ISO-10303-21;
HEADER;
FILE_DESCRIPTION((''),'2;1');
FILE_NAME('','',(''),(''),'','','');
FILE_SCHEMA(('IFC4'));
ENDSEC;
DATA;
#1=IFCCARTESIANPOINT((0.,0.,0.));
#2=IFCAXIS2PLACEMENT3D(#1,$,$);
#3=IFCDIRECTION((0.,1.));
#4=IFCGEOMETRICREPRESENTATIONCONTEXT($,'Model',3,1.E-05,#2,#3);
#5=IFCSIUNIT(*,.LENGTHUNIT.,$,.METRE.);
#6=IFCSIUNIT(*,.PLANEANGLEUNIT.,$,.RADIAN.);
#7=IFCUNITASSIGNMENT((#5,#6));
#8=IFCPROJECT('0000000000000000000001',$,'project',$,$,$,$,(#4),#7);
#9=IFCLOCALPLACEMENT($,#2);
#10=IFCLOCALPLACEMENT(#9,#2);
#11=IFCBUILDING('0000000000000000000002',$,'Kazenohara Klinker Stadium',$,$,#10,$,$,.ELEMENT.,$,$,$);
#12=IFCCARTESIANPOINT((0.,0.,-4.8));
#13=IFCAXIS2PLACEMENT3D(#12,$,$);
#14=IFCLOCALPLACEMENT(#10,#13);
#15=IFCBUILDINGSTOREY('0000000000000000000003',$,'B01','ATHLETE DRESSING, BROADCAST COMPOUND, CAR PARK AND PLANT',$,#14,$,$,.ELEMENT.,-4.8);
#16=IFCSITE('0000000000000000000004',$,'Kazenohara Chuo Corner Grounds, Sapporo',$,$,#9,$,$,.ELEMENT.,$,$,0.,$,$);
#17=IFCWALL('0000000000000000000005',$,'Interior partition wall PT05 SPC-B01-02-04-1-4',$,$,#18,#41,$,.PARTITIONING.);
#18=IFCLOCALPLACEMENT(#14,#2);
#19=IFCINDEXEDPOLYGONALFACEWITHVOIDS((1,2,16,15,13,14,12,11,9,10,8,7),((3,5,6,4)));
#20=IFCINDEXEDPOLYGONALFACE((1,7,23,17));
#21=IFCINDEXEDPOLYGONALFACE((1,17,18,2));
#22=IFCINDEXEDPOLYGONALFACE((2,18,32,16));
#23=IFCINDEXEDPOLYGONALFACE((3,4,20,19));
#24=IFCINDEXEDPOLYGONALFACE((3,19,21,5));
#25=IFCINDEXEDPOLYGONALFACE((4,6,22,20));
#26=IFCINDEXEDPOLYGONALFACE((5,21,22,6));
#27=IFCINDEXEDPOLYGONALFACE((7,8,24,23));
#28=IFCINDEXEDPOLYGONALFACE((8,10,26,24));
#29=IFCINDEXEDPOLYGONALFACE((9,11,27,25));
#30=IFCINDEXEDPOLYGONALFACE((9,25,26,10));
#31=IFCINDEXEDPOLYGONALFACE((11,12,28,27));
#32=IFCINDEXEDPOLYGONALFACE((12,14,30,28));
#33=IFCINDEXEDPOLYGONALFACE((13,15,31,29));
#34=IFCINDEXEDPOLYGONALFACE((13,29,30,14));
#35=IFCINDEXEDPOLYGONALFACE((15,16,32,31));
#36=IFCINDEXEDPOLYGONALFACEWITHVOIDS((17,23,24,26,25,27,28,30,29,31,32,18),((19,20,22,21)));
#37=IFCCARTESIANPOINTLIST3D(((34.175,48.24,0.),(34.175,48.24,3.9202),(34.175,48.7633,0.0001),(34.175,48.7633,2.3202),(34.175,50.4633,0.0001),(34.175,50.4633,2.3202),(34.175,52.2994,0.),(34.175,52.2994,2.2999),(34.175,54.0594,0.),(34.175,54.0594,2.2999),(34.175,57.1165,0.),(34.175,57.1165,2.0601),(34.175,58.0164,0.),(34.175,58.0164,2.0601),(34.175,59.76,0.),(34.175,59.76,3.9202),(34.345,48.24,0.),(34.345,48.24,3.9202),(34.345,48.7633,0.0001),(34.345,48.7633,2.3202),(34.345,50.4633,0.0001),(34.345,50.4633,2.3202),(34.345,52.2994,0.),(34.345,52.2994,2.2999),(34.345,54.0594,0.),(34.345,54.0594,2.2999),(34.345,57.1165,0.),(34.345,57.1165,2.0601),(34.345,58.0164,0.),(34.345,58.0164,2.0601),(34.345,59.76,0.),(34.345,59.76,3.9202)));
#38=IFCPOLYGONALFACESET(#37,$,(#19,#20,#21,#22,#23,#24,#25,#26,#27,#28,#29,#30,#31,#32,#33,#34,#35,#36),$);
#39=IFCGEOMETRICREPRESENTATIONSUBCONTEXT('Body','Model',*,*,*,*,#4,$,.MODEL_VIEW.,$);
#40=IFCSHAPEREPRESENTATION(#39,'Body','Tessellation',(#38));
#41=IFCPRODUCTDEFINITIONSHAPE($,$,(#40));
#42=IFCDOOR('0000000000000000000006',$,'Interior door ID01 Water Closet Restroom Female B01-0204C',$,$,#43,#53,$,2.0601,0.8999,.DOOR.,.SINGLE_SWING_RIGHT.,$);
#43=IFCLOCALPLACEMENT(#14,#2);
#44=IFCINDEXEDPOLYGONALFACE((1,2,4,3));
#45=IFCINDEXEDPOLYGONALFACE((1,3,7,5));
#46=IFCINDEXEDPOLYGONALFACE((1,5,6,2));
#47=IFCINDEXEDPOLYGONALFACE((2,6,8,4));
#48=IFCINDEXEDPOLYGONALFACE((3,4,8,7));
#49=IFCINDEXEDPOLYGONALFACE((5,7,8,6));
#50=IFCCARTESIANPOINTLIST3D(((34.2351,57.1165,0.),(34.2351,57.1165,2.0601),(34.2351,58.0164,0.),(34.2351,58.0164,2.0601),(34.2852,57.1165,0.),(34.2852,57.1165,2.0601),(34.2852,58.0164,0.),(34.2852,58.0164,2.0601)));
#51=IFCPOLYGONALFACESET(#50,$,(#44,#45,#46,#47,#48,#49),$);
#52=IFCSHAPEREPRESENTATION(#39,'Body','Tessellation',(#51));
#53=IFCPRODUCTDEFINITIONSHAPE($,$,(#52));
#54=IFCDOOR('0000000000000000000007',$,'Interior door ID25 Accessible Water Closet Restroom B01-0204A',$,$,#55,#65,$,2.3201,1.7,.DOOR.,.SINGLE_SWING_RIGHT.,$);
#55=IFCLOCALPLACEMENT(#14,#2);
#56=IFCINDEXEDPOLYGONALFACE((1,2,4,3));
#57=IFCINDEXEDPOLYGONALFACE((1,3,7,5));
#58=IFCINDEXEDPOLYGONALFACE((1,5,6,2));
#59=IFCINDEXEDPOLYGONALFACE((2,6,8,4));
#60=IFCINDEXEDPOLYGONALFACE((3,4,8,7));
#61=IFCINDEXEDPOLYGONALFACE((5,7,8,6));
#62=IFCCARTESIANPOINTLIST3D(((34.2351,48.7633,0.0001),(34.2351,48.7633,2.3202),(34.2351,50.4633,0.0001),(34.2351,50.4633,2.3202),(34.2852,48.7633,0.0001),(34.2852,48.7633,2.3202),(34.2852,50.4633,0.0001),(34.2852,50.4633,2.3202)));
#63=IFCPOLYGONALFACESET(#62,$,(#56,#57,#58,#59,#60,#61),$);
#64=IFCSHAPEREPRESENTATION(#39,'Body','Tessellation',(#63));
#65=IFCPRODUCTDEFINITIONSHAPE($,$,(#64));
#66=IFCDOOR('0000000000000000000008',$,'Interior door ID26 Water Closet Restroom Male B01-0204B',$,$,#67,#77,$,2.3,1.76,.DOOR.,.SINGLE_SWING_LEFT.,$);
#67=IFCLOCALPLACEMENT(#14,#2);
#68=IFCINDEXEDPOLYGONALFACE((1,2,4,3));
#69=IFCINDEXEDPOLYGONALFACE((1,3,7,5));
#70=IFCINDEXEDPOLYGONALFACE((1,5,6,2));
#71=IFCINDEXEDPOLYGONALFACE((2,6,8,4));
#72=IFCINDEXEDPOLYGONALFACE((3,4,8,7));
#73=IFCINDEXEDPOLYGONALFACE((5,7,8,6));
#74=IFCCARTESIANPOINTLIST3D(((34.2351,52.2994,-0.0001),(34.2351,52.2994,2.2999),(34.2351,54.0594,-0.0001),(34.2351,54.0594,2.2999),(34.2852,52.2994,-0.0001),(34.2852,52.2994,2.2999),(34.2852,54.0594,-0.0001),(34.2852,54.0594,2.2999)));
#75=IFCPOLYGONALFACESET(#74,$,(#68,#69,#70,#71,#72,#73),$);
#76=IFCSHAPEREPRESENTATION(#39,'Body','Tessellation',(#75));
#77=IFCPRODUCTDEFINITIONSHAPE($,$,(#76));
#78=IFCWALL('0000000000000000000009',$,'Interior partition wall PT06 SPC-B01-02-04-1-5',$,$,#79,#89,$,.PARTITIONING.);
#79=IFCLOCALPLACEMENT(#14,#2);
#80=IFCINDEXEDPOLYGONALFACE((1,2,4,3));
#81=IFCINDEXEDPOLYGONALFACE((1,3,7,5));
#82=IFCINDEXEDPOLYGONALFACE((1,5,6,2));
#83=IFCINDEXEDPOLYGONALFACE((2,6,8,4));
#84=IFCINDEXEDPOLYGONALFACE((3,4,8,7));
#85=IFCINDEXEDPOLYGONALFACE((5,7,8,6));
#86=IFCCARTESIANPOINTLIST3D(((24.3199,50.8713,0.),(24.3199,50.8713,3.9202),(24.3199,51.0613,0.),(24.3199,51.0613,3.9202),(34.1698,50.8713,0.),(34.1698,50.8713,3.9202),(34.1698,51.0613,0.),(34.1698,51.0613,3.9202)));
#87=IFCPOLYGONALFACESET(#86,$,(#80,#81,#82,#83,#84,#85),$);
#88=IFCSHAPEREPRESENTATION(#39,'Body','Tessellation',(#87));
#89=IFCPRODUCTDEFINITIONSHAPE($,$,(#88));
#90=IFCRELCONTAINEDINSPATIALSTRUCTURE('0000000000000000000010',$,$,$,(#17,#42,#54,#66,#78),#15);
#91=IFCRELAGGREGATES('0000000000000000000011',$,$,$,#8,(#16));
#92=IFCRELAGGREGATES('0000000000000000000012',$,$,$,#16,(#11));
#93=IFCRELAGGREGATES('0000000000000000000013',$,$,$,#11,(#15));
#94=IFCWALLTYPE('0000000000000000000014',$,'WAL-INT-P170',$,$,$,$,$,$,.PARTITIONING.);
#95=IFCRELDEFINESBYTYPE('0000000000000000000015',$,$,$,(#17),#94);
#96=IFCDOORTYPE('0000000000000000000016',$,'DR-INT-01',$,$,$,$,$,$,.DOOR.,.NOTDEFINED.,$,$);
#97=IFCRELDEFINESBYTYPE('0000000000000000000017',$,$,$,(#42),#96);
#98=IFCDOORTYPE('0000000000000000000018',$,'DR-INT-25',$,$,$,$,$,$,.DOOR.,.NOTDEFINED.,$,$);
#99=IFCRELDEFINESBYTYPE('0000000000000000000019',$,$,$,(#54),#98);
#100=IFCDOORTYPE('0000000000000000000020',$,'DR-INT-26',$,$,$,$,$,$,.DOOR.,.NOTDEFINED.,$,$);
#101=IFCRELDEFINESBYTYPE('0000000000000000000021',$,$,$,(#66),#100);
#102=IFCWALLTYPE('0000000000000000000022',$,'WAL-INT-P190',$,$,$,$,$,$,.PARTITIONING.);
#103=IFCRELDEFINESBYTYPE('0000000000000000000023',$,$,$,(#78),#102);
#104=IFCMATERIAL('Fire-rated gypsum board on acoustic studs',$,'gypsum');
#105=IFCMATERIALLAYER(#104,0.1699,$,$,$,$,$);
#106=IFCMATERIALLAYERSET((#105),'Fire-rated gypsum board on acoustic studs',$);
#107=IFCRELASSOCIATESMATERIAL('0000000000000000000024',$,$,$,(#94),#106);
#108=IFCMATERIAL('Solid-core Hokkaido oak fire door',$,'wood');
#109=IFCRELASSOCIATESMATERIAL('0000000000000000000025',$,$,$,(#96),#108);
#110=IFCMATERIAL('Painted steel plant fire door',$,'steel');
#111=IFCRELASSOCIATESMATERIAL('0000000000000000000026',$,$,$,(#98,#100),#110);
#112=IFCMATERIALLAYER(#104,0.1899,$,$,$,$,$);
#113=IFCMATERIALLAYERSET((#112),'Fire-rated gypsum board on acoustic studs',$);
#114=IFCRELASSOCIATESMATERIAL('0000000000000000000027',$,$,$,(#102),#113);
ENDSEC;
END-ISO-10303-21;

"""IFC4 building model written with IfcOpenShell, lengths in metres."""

from ifc_helpers import new_model, si_unit, direction, frame, frame_2d, origin, place, context, subcontext, project, spatial, rectangle, extrude, material, layer, layer_set, type_object, element, fill, save


model = new_model("IFC4")

# Units and contexts
model_context = context("Model", 3, precision=1e-05, world=origin(), true_north=direction((0.0, 1.0)))
body_context = subcontext(model_context, "Body", "Model", "MODEL_VIEW")
ifc_project = project(units=[si_unit("LENGTHUNIT", "METRE"), si_unit("PLANEANGLEUNIT", "RADIAN")], contexts=[model_context])

# Site, building, storey
site_placement = place(None, origin())
site = spatial("IfcSite", under=ifc_project, at=site_placement, Name="Kazenohara Chuo Corner Grounds, Sapporo", CompositionType="ELEMENT", RefElevation=0.0)
building_placement = place(site_placement, origin())
building = spatial("IfcBuilding", under=site, at=building_placement, Name="Kazenohara Klinker Stadium", CompositionType="ELEMENT")
storey_placement = place(building_placement, frame((0.0, 0.0, -4.8)))
storey = spatial("IfcBuildingStorey", under=building, at=storey_placement, Name="B01", Description="ATHLETE DRESSING, BROADCAST COMPOUND, CAR PARK AND PLANT", CompositionType="ELEMENT", Elevation=-4.8)

# Shared definitions
ifc_material_1 = material(Name="Fire-rated gypsum board on acoustic studs", Category="gypsum")

# Wall, openings, doors
ifc_layer_1 = layer(ifc_material_1, 0.1699)
ifc_layer_set_1 = layer_set([ifc_layer_1], Name="Fire-rated gypsum board on acoustic studs")
wall_type_1 = type_object("IfcWallType", Name="WAL-INT-P170", PredefinedType="PARTITIONING", material=ifc_layer_set_1)
wall_1_placement = place(storey_placement, frame((34.26, 48.24, 0.0), z_axis=(0.0, 0.0, 1.0), x_axis=(0.0, 1.0, 0.0)))
wall_1 = element("IfcWall", 1, at=wall_1_placement, inside=storey, type_object=wall_type_1, Name="Interior partition wall PT05 SPC-B01-02-04-1-4", PredefinedType="PARTITIONING", context=body_context, shape_type="SweptSolid", body=[
    extrude(rectangle(XDim=11.52, YDim=0.1699, at=frame_2d((5.76, 0.0))), origin(), (0.0, 0.0, 1.0), 3.9202),
])
opening_1_placement = place(wall_1_placement, frame((0.5232, 0.0, 0.0)))
opening_1 = element("IfcOpeningElement", 2, at=opening_1_placement, cuts=wall_1, PredefinedType="OPENING", context=body_context, shape_type="SweptSolid", body=[
    extrude(rectangle(XDim=1.7, YDim=2.3201, at=frame_2d((0.8501, 1.1602))), frame((0.0, 0.095, 0.0), z_axis=(0.0, -1.0, 0.0), x_axis=(1.0, 0.0, 0.0)), (0.0, 0.0, 1.0), 0.1899),
])
opening_2_placement = place(wall_1_placement, frame((4.0596, 0.0, 0.0)))
opening_2 = element("IfcOpeningElement", 3, at=opening_2_placement, cuts=wall_1, PredefinedType="OPENING", context=body_context, shape_type="SweptSolid", body=[
    extrude(rectangle(XDim=1.76, YDim=2.3, at=frame_2d((0.8799, 1.1499))), frame((0.0, 0.095, 0.0), z_axis=(0.0, -1.0, 0.0), x_axis=(1.0, 0.0, 0.0)), (0.0, 0.0, 1.0), 0.1899),
])
opening_3_placement = place(wall_1_placement, frame((8.8765, 0.0, 0.0)))
opening_3 = element("IfcOpeningElement", 4, at=opening_3_placement, cuts=wall_1, PredefinedType="OPENING", context=body_context, shape_type="SweptSolid", body=[
    extrude(rectangle(XDim=0.8999, YDim=2.0601, at=frame_2d((0.45, 1.03))), frame((0.0, 0.095, 0.0), z_axis=(0.0, -1.0, 0.0), x_axis=(1.0, 0.0, 0.0)), (0.0, 0.0, 1.0), 0.1899),
])
ifc_material_2 = material(Name="Solid-core Hokkaido oak fire door", Category="wood")
door_type_1 = type_object("IfcDoorType", Name="DR-INT-01", OperationType="NOTDEFINED", PredefinedType="DOOR", material=ifc_material_2)
door_1_placement = place(opening_3_placement, origin())
door_1 = element("IfcDoor", 5, at=door_1_placement, inside=storey, type_object=door_type_1, Name="Interior door ID01 Water Closet Restroom Female B01-0204C", OperationType="SINGLE_SWING_RIGHT", OverallHeight=2.0601, OverallWidth=0.8999, PredefinedType="DOOR", context=body_context, shape_type="SweptSolid", body=[
    extrude(rectangle(XDim=0.8999, YDim=2.0601, at=frame_2d((0.45, 1.03))), frame((0.0, 0.0249, 0.0), z_axis=(0.0, -1.0, 0.0), x_axis=(1.0, 0.0, 0.0)), (0.0, 0.0, 1.0), 0.05),
])
fill(opening_3, door_1)
ifc_material_3 = material(Name="Painted steel plant fire door", Category="steel")
door_type_2 = type_object("IfcDoorType", Name="DR-INT-25", OperationType="NOTDEFINED", PredefinedType="DOOR", material=ifc_material_3)
door_2_placement = place(opening_1_placement, origin())
door_2 = element("IfcDoor", 6, at=door_2_placement, inside=storey, type_object=door_type_2, Name="Interior door ID25 Accessible Water Closet Restroom B01-0204A", OperationType="SINGLE_SWING_RIGHT", OverallHeight=2.3201, OverallWidth=1.7, PredefinedType="DOOR", context=body_context, shape_type="SweptSolid", body=[
    extrude(rectangle(XDim=1.7, YDim=2.3201, at=frame_2d((0.8501, 1.1602))), frame((0.0, 0.0249, 0.0), z_axis=(0.0, -1.0, 0.0), x_axis=(1.0, 0.0, 0.0)), (0.0, 0.0, 1.0), 0.05),
])
fill(opening_1, door_2)
door_type_3 = type_object("IfcDoorType", Name="DR-INT-26", OperationType="NOTDEFINED", PredefinedType="DOOR", material=ifc_material_3)
door_3_placement = place(opening_2_placement, origin())
door_3 = element("IfcDoor", 7, at=door_3_placement, inside=storey, type_object=door_type_3, Name="Interior door ID26 Water Closet Restroom Male B01-0204B", OperationType="SINGLE_SWING_LEFT", OverallHeight=2.3, OverallWidth=1.76, PredefinedType="DOOR", context=body_context, shape_type="SweptSolid", body=[
    extrude(rectangle(XDim=1.76, YDim=2.3, at=frame_2d((0.8799, 1.1499))), frame((0.0, 0.0249, 0.0), z_axis=(0.0, -1.0, 0.0), x_axis=(1.0, 0.0, 0.0)), (0.0, 0.0, 1.0), 0.05),
])
fill(opening_2, door_3)

# Wall
ifc_layer_2 = layer(ifc_material_1, 0.1899)
ifc_layer_set_2 = layer_set([ifc_layer_2], Name="Fire-rated gypsum board on acoustic studs")
wall_type_2 = type_object("IfcWallType", Name="WAL-INT-P190", PredefinedType="PARTITIONING", material=ifc_layer_set_2)
wall_2_placement = place(storey_placement, frame((24.3201, 50.9663, 0.0), z_axis=(0.0, 0.0, 1.0), x_axis=(1.0, 0.0, 0.0)))
element("IfcWall", 8, at=wall_2_placement, inside=storey, type_object=wall_type_2, Name="Interior partition wall PT06 SPC-B01-02-04-1-5", PredefinedType="PARTITIONING", context=body_context, shape_type="SweptSolid", body=[
    extrude(rectangle(XDim=9.8499, YDim=0.1899, at=frame_2d((4.9248, 0.0))), origin(), (0.0, 0.0, 1.0), 3.9202),
])

save(model, "model.ifc")
